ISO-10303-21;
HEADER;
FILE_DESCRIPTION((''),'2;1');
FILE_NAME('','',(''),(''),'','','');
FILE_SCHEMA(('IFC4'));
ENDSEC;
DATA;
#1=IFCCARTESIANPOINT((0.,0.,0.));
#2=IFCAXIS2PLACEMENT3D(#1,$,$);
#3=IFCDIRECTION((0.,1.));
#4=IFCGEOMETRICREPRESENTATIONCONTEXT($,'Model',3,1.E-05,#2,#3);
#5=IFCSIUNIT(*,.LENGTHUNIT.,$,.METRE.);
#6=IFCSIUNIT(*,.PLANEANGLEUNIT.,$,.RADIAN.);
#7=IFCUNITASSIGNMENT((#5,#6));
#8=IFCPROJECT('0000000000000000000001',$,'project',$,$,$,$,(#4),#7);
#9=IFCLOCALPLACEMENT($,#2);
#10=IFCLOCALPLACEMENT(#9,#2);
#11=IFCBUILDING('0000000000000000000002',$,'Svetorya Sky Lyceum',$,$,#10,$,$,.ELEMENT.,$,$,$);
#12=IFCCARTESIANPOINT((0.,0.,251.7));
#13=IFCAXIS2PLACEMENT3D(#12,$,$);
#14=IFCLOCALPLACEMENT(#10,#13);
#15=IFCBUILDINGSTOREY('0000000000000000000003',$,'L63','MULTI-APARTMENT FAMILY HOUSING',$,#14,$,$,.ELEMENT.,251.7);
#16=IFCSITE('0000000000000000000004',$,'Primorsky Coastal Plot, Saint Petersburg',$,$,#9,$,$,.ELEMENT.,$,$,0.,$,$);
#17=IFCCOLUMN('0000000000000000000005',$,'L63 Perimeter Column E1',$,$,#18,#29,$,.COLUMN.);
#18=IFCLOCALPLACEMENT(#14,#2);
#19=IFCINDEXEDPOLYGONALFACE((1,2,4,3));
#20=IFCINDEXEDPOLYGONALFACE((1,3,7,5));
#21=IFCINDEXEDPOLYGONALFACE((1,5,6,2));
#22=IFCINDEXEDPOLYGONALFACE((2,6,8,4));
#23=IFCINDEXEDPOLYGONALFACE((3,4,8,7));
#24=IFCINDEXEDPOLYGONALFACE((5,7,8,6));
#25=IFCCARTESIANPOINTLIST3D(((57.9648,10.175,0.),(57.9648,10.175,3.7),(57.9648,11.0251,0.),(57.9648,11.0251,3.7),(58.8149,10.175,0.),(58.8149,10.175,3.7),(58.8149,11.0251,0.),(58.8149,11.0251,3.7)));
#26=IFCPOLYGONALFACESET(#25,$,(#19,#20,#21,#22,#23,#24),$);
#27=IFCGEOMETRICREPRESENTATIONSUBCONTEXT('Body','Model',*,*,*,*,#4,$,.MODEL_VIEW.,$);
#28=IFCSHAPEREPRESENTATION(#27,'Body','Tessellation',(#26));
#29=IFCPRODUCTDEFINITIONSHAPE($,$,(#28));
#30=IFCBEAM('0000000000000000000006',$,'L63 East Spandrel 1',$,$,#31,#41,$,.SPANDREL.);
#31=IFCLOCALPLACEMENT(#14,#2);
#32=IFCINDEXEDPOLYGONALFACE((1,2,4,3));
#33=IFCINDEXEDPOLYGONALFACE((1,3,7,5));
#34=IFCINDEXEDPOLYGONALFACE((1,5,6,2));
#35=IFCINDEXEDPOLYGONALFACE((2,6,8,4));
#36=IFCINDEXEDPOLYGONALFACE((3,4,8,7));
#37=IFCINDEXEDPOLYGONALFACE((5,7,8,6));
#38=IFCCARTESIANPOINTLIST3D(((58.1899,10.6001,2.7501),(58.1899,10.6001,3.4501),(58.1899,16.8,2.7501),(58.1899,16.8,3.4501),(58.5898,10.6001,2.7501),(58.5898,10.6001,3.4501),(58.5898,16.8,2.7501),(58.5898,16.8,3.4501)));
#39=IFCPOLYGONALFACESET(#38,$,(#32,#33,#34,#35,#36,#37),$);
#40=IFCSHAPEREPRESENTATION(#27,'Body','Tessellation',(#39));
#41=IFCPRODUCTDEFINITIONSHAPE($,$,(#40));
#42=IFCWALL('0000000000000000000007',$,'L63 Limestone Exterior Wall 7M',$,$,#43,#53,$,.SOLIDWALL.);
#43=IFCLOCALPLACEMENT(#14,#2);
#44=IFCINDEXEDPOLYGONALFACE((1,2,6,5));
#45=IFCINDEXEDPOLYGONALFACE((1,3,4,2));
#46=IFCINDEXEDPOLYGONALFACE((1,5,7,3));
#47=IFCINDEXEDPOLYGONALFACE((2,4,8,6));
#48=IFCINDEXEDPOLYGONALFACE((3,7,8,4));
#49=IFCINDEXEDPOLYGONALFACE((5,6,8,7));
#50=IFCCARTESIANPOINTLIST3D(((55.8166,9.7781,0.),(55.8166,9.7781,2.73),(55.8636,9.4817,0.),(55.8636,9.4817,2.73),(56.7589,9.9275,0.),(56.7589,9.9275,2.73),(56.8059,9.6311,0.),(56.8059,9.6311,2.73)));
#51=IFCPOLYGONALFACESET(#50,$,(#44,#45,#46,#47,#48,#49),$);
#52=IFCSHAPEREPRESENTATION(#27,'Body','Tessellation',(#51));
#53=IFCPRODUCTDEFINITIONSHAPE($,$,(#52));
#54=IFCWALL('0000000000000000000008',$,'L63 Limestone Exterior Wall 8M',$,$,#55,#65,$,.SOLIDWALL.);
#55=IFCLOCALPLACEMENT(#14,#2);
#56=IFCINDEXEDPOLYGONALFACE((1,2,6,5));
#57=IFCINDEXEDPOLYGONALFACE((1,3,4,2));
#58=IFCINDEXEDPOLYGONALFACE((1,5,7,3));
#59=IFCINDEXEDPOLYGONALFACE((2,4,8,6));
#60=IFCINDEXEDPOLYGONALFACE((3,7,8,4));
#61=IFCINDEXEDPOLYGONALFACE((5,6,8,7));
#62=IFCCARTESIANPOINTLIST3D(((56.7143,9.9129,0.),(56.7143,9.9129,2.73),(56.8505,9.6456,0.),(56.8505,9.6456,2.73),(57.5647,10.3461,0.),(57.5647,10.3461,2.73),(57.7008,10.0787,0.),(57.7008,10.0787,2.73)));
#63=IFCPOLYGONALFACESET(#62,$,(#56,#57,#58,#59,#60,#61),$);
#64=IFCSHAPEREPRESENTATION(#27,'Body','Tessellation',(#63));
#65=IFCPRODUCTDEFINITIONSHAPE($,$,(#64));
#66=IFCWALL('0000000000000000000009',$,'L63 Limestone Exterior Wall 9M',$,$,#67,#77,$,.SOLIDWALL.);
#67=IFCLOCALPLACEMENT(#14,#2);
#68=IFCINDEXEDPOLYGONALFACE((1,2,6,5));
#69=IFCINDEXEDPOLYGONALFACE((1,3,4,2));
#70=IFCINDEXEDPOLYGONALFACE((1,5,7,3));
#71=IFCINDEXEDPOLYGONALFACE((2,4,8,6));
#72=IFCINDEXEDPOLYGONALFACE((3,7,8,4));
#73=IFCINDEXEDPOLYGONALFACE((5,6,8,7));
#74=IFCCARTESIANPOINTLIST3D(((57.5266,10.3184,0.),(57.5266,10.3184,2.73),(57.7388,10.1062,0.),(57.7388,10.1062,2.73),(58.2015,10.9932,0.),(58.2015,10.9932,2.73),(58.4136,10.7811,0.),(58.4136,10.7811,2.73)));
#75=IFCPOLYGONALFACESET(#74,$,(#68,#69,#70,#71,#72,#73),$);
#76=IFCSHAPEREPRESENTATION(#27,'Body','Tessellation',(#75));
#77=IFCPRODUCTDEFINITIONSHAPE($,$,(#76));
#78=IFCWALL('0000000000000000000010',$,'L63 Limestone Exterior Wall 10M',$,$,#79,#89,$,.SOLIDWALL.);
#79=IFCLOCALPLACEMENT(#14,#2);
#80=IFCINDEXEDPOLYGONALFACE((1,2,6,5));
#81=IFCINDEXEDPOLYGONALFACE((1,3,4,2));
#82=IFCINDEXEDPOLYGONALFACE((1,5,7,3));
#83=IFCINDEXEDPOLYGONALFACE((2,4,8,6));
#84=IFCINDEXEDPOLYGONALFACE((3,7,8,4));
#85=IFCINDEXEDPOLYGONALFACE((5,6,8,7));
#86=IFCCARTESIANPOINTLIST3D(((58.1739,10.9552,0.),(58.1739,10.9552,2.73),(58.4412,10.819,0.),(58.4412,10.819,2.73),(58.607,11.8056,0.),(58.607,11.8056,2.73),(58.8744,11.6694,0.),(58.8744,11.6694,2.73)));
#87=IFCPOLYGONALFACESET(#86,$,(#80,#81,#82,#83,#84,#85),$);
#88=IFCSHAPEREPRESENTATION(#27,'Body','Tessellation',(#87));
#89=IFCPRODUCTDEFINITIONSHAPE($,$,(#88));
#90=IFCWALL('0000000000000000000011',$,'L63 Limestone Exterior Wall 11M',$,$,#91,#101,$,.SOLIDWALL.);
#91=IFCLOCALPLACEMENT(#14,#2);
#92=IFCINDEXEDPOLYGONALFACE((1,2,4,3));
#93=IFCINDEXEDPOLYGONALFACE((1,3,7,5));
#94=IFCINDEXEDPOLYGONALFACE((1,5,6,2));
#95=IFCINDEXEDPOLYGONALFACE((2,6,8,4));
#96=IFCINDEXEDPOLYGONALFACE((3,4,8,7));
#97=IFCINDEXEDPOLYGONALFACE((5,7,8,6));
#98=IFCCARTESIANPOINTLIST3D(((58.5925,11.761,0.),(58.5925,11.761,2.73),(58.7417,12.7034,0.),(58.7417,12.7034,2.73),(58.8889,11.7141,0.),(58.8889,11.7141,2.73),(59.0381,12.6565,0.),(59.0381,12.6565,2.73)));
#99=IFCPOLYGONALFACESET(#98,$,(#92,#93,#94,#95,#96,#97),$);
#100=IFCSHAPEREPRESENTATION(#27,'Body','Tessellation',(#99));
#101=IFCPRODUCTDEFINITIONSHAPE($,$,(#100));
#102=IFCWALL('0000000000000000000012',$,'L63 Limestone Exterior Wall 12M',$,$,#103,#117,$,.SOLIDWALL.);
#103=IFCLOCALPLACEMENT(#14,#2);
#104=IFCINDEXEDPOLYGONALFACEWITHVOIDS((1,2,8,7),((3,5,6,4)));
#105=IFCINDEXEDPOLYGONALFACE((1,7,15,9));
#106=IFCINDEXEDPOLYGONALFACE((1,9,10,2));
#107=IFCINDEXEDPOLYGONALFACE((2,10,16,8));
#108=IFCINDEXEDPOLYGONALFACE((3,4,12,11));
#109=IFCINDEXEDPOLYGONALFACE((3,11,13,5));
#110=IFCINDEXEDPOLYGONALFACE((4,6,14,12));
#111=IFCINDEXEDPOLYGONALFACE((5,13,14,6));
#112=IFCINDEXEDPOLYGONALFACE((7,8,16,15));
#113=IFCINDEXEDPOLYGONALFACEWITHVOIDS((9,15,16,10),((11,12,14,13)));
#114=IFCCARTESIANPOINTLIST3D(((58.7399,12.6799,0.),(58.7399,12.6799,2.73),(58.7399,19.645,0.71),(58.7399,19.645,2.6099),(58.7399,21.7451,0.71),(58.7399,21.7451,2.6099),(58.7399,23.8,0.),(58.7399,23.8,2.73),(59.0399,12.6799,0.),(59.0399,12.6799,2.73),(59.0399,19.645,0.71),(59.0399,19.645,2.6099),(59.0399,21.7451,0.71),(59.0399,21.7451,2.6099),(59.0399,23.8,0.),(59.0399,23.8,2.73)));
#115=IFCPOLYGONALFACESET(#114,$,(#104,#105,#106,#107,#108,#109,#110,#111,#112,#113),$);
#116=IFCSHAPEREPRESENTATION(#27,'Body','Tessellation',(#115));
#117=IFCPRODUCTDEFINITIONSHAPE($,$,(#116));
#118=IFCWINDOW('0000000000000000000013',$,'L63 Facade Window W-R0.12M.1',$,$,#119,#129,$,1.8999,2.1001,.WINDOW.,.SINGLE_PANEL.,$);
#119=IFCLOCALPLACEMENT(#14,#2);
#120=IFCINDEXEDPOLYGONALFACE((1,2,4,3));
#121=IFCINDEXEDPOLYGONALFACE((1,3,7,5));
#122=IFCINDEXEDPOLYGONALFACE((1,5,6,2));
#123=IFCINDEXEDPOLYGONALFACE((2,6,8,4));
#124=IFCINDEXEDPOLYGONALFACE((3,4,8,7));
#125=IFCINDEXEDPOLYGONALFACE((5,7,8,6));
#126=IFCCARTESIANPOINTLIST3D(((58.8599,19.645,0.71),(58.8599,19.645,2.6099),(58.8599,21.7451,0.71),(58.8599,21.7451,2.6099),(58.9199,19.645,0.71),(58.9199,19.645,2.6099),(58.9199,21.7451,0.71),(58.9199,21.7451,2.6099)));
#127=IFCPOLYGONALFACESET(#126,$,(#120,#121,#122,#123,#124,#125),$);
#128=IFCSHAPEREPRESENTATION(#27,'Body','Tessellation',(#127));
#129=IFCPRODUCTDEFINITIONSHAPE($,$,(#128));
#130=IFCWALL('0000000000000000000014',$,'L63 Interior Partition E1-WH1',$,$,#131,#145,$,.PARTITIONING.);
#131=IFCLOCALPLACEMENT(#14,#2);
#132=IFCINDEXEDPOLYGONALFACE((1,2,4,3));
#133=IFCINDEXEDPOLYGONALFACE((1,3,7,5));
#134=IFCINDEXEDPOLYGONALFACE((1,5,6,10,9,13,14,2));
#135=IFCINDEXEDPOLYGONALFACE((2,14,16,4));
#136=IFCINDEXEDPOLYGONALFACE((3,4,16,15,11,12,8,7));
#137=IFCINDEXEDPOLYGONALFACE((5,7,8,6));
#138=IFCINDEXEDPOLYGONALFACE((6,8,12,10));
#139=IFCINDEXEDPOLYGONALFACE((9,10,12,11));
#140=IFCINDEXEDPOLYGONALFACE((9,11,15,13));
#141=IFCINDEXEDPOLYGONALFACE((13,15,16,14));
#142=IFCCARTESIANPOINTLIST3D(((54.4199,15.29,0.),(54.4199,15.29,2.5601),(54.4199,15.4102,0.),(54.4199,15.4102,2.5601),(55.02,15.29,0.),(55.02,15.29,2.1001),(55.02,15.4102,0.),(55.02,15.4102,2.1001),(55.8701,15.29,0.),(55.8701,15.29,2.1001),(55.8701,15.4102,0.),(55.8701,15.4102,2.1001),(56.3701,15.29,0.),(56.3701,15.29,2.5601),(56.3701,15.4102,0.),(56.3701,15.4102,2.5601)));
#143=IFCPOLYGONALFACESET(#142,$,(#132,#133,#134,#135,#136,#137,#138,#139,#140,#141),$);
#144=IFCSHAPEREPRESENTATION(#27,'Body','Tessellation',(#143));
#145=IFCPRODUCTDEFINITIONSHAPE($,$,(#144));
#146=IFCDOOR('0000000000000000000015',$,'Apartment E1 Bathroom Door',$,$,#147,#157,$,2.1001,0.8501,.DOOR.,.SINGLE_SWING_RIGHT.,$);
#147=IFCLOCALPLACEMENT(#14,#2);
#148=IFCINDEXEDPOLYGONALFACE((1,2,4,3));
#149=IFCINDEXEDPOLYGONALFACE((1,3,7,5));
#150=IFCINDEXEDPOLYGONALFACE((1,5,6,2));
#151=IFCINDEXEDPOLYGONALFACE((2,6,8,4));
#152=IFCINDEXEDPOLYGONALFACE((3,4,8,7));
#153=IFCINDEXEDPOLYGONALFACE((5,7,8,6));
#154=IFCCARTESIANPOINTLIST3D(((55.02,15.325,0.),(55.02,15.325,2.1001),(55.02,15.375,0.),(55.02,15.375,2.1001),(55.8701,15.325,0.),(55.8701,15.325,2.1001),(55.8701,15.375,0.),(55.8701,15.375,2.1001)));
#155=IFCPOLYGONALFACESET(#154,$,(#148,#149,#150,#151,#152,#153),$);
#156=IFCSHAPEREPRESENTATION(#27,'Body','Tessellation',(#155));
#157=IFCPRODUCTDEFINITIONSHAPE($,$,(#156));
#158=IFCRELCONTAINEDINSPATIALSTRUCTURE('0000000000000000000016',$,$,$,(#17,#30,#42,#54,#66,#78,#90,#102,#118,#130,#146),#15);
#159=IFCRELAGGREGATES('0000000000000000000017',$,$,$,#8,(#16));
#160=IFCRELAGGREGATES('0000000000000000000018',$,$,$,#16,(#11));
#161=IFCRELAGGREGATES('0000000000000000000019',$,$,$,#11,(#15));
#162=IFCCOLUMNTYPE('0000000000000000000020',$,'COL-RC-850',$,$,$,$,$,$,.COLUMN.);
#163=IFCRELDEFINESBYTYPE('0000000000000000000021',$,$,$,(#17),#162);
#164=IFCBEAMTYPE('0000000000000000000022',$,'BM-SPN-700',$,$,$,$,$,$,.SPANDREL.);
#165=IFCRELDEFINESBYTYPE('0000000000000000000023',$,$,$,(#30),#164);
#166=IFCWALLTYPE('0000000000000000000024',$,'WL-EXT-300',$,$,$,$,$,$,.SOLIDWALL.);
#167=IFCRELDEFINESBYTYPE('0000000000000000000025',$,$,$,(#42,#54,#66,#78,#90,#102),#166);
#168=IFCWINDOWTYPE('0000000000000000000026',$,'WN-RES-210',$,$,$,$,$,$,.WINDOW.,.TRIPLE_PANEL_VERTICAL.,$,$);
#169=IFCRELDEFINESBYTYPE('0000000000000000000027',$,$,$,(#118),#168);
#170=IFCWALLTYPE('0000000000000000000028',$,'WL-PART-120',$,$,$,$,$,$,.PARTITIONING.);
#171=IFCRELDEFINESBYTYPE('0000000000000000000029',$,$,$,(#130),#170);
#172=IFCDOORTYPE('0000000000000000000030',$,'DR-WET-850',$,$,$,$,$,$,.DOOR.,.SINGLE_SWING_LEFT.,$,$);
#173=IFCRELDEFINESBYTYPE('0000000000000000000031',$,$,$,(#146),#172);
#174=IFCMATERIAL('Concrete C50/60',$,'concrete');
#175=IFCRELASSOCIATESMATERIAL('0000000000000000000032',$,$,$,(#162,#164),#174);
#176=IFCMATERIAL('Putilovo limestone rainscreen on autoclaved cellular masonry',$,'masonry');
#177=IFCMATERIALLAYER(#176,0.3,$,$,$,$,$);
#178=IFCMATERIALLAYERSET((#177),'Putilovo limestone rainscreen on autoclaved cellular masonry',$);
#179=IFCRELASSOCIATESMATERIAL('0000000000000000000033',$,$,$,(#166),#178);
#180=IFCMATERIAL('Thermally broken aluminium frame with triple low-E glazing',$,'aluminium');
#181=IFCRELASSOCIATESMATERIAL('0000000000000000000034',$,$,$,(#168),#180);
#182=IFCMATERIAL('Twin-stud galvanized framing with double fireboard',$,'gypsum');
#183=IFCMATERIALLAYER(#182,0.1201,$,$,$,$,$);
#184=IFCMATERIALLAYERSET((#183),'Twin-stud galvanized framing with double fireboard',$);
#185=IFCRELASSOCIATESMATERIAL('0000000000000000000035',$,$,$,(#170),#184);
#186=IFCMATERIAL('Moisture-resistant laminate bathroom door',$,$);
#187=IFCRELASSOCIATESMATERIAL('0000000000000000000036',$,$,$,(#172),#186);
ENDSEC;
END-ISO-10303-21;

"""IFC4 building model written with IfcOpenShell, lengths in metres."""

from ifc_helpers import new_model, si_unit, direction, frame, frame_2d, origin, origin_2d, place, context, subcontext, project, spatial, rectangle, extrude, material, layer, layer_set, material_profile, profile_set, type_object, element, fill, save


model = new_model("IFC4")

# Units and contexts
model_context = context("Model", 3, precision=1e-05, world=origin(), true_north=direction((0.0, 1.0)))
body_context = subcontext(model_context, "Body", "Model", "MODEL_VIEW")
ifc_project = project(units=[si_unit("LENGTHUNIT", "METRE"), si_unit("PLANEANGLEUNIT", "RADIAN")], contexts=[model_context])

# Site, building, storey
site_placement = place(None, origin())
site = spatial("IfcSite", under=ifc_project, at=site_placement, Name="Primorsky Coastal Plot, Saint Petersburg", CompositionType="ELEMENT", RefElevation=0.0)
building_placement = place(site_placement, origin())
building = spatial("IfcBuilding", under=site, at=building_placement, Name="Svetorya Sky Lyceum", CompositionType="ELEMENT")
storey_placement = place(building_placement, frame((0.0, 0.0, 251.7)))
storey = spatial("IfcBuildingStorey", under=building, at=storey_placement, Name="L63", Description="MULTI-APARTMENT FAMILY HOUSING", CompositionType="ELEMENT", Elevation=251.7)

# Column
ifc_material_1 = material(Name="Concrete C50/60", Category="concrete")
ifc_material_profile_1 = material_profile(ifc_material_1, rectangle(XDim=0.8501, YDim=0.8501, at=origin_2d()), Name="RC COL 850x850")
ifc_profile_set_1 = profile_set([ifc_material_profile_1], Name="Concrete C50/60")
column_type = type_object("IfcColumnType", Name="COL-RC-850", PredefinedType="COLUMN", material=ifc_profile_set_1)
column_placement = place(storey_placement, frame((58.3899, 10.6001, 0.0), z_axis=(0.0, 0.0, 1.0), x_axis=(1.0, 0.0, 0.0)))
element("IfcColumn", 1, at=column_placement, inside=storey, type_object=column_type, Name="L63 Perimeter Column E1", PredefinedType="COLUMN", context=body_context, shape_type="SweptSolid", body=[
    extrude(rectangle(XDim=0.8501, YDim=0.8501, at=origin_2d()), origin(), (0.0, 0.0, 1.0), 3.7),
])

# Beam
ifc_material_profile_2 = material_profile(ifc_material_1, rectangle(XDim=0.3999, YDim=0.7, at=origin_2d()), Name="RC SPANDREL 400x700")
ifc_profile_set_2 = profile_set([ifc_material_profile_2], Name="Concrete C50/60")
beam_type = type_object("IfcBeamType", Name="BM-SPN-700", PredefinedType="SPANDREL", material=ifc_profile_set_2)
beam_placement = place(storey_placement, frame((58.3899, 10.6001, 3.1001), z_axis=(0.0, 1.0, 0.0), x_axis=(-1.0, 0.0, 0.0)))
element("IfcBeam", 2, at=beam_placement, inside=storey, type_object=beam_type, Name="L63 East Spandrel 1", PredefinedType="SPANDREL", context=body_context, shape_type="SweptSolid", body=[
    extrude(rectangle(XDim=0.3999, YDim=0.7, at=origin_2d()), origin(), (0.0, 0.0, 1.0), 6.2),
])

# Walls
ifc_material_2 = material(Name="Putilovo limestone rainscreen on autoclaved cellular masonry", Category="masonry")
ifc_layer_1 = layer(ifc_material_2, 0.3)
ifc_layer_set_1 = layer_set([ifc_layer_1], Name="Putilovo limestone rainscreen on autoclaved cellular masonry")
wall_type_1 = type_object("IfcWallType", Name="WL-EXT-300", PredefinedType="SOLIDWALL", material=ifc_layer_set_1)
wall_1_placement = place(storey_placement, frame((55.8401, 9.6299, 0.0), z_axis=(0.0, 0.0, 1.0), x_axis=(0.987663, 0.156593, 0.0)))
element("IfcWall", 3, at=wall_1_placement, inside=storey, type_object=wall_type_1, Name="L63 Limestone Exterior Wall 7M", PredefinedType="SOLIDWALL", context=body_context, shape_type="SweptSolid", body=[
    extrude(rectangle(XDim=0.9541, YDim=0.3, at=frame_2d((0.4771, 0.0))), origin(), (0.0, 0.0, 1.0), 2.73),
])
for number, where, z_axis, x_axis, name in (
    (4, (56.7825, 9.7793, 0.0), (0.0, 0.0, 1.0), (0.891077, 0.453853, 0.0), "L63 Limestone Exterior Wall 8M"),
    (5, (57.6328, 10.2124, 0.0), (0.0, 0.0, 1.0), (0.707107, 0.707107, 0.0), "L63 Limestone Exterior Wall 9M"),
    (6, (58.3076, 10.8872, 0.0), (0.0, 0.0, 1.0), (0.453853, 0.891077, 0.0), "L63 Limestone Exterior Wall 10M"),
):
    element("IfcWall", number, at=place(storey_placement, frame(where, z_axis=z_axis, x_axis=x_axis)), inside=storey, type_object=wall_type_1, Name=name, PredefinedType="SOLIDWALL", context=body_context, shape_type="SweptSolid", body=[
        extrude(rectangle(XDim=0.9543, YDim=0.3, at=frame_2d((0.4771, 0.0))), origin(), (0.0, 0.0, 1.0), 2.73),
    ])
wall_2_placement = place(storey_placement, frame((58.7407, 11.7375, 0.0), z_axis=(0.0, 0.0, 1.0), x_axis=(0.156344, 0.987703, 0.0)))
element("IfcWall", 7, at=wall_2_placement, inside=storey, type_object=wall_type_1, Name="L63 Limestone Exterior Wall 11M", PredefinedType="SOLIDWALL", context=body_context, shape_type="SweptSolid", body=[
    extrude(rectangle(XDim=0.9541, YDim=0.3, at=frame_2d((0.4771, 0.0))), origin(), (0.0, 0.0, 1.0), 2.73),
])

# Wall, opening, window
wall_3_placement = place(storey_placement, frame((58.8899, 12.6799, 0.0), z_axis=(0.0, 0.0, 1.0), x_axis=(0.0, 1.0, 0.0)))
wall_3 = element("IfcWall", 8, at=wall_3_placement, inside=storey, type_object=wall_type_1, Name="L63 Limestone Exterior Wall 12M", PredefinedType="SOLIDWALL", context=body_context, shape_type="SweptSolid", body=[
    extrude(rectangle(XDim=11.1201, YDim=0.3, at=frame_2d((5.5601, 0.0))), origin(), (0.0, 0.0, 1.0), 2.73),
])
opening_1_placement = place(wall_3_placement, frame((6.9651, 0.0, 0.71)))
opening_1 = element("IfcOpeningElement", 9, at=opening_1_placement, cuts=wall_3, PredefinedType="OPENING", context=body_context, shape_type="SweptSolid", body=[
    extrude(rectangle(XDim=2.1001, YDim=1.8999, at=frame_2d((1.05, 0.95))), frame((0.0, 0.1599, 0.0), z_axis=(0.0, -1.0, 0.0), x_axis=(1.0, 0.0, 0.0)), (0.0, 0.0, 1.0), 0.3201),
])
ifc_material_3 = material(Name="Thermally broken aluminium frame with triple low-E glazing", Category="aluminium")
window_type = type_object("IfcWindowType", Name="WN-RES-210", PartitioningType="TRIPLE_PANEL_VERTICAL", PredefinedType="WINDOW", material=ifc_material_3)
window_placement = place(opening_1_placement, origin())
window = element("IfcWindow", 10, at=window_placement, inside=storey, type_object=window_type, Name="L63 Facade Window W-R0.12M.1", OverallHeight=1.8999, OverallWidth=2.1001, PartitioningType="SINGLE_PANEL", PredefinedType="WINDOW", context=body_context, shape_type="SweptSolid", body=[
    extrude(rectangle(XDim=2.1001, YDim=1.8999, at=frame_2d((1.05, 0.95))), frame((0.0, 0.03, 0.0), z_axis=(0.0, -1.0, 0.0), x_axis=(1.0, 0.0, 0.0)), (0.0, 0.0, 1.0), 0.0601),
])
fill(opening_1, window)

# Wall, opening, door
ifc_material_4 = material(Name="Twin-stud galvanized framing with double fireboard", Category="gypsum")
ifc_layer_2 = layer(ifc_material_4, 0.1201)
ifc_layer_set_2 = layer_set([ifc_layer_2], Name="Twin-stud galvanized framing with double fireboard")
wall_type_2 = type_object("IfcWallType", Name="WL-PART-120", PredefinedType="PARTITIONING", material=ifc_layer_set_2)
wall_4_placement = place(storey_placement, frame((54.4199, 15.3501, 0.0), z_axis=(0.0, 0.0, 1.0), x_axis=(1.0, 0.0, 0.0)))
wall_4 = element("IfcWall", 11, at=wall_4_placement, inside=storey, type_object=wall_type_2, Name="L63 Interior Partition E1-WH1", PredefinedType="PARTITIONING", context=body_context, shape_type="SweptSolid", body=[
    extrude(rectangle(XDim=1.9502, YDim=0.1201, at=frame_2d((0.9751, 0.0))), origin(), (0.0, 0.0, 1.0), 2.5601),
])
opening_2_placement = place(wall_4_placement, frame((0.6001, 0.0, 0.0)))
opening_2 = element("IfcOpeningElement", 12, at=opening_2_placement, cuts=wall_4, PredefinedType="OPENING", context=body_context, shape_type="SweptSolid", body=[
    extrude(rectangle(XDim=0.8501, YDim=2.1001, at=frame_2d((0.425, 1.05))), frame((0.0, 0.0701, 0.0), z_axis=(0.0, -1.0, 0.0), x_axis=(1.0, 0.0, 0.0)), (0.0, 0.0, 1.0), 0.1401),
])
ifc_material_5 = material(Name="Moisture-resistant laminate bathroom door")
door_type_1 = type_object("IfcDoorType", Name="DR-WET-850", OperationType="SINGLE_SWING_LEFT", PredefinedType="DOOR", material=ifc_material_5)
door_1_placement = place(opening_2_placement, origin())
door_1 = element("IfcDoor", 13, at=door_1_placement, inside=storey, type_object=door_type_1, Name="Apartment E1 Bathroom Door", OperationType="SINGLE_SWING_RIGHT", OverallHeight=2.1001, OverallWidth=0.8501, PredefinedType="DOOR", context=body_context, shape_type="SweptSolid", body=[
    extrude(rectangle(XDim=0.8501, YDim=2.1001, at=frame_2d((0.425, 1.05))), frame((0.0, 0.0249, 0.0), z_axis=(0.0, -1.0, 0.0), x_axis=(1.0, 0.0, 0.0)), (0.0, 0.0, 1.0), 0.05),
])
fill(opening_2, door_1)

save(model, "model.ifc")
